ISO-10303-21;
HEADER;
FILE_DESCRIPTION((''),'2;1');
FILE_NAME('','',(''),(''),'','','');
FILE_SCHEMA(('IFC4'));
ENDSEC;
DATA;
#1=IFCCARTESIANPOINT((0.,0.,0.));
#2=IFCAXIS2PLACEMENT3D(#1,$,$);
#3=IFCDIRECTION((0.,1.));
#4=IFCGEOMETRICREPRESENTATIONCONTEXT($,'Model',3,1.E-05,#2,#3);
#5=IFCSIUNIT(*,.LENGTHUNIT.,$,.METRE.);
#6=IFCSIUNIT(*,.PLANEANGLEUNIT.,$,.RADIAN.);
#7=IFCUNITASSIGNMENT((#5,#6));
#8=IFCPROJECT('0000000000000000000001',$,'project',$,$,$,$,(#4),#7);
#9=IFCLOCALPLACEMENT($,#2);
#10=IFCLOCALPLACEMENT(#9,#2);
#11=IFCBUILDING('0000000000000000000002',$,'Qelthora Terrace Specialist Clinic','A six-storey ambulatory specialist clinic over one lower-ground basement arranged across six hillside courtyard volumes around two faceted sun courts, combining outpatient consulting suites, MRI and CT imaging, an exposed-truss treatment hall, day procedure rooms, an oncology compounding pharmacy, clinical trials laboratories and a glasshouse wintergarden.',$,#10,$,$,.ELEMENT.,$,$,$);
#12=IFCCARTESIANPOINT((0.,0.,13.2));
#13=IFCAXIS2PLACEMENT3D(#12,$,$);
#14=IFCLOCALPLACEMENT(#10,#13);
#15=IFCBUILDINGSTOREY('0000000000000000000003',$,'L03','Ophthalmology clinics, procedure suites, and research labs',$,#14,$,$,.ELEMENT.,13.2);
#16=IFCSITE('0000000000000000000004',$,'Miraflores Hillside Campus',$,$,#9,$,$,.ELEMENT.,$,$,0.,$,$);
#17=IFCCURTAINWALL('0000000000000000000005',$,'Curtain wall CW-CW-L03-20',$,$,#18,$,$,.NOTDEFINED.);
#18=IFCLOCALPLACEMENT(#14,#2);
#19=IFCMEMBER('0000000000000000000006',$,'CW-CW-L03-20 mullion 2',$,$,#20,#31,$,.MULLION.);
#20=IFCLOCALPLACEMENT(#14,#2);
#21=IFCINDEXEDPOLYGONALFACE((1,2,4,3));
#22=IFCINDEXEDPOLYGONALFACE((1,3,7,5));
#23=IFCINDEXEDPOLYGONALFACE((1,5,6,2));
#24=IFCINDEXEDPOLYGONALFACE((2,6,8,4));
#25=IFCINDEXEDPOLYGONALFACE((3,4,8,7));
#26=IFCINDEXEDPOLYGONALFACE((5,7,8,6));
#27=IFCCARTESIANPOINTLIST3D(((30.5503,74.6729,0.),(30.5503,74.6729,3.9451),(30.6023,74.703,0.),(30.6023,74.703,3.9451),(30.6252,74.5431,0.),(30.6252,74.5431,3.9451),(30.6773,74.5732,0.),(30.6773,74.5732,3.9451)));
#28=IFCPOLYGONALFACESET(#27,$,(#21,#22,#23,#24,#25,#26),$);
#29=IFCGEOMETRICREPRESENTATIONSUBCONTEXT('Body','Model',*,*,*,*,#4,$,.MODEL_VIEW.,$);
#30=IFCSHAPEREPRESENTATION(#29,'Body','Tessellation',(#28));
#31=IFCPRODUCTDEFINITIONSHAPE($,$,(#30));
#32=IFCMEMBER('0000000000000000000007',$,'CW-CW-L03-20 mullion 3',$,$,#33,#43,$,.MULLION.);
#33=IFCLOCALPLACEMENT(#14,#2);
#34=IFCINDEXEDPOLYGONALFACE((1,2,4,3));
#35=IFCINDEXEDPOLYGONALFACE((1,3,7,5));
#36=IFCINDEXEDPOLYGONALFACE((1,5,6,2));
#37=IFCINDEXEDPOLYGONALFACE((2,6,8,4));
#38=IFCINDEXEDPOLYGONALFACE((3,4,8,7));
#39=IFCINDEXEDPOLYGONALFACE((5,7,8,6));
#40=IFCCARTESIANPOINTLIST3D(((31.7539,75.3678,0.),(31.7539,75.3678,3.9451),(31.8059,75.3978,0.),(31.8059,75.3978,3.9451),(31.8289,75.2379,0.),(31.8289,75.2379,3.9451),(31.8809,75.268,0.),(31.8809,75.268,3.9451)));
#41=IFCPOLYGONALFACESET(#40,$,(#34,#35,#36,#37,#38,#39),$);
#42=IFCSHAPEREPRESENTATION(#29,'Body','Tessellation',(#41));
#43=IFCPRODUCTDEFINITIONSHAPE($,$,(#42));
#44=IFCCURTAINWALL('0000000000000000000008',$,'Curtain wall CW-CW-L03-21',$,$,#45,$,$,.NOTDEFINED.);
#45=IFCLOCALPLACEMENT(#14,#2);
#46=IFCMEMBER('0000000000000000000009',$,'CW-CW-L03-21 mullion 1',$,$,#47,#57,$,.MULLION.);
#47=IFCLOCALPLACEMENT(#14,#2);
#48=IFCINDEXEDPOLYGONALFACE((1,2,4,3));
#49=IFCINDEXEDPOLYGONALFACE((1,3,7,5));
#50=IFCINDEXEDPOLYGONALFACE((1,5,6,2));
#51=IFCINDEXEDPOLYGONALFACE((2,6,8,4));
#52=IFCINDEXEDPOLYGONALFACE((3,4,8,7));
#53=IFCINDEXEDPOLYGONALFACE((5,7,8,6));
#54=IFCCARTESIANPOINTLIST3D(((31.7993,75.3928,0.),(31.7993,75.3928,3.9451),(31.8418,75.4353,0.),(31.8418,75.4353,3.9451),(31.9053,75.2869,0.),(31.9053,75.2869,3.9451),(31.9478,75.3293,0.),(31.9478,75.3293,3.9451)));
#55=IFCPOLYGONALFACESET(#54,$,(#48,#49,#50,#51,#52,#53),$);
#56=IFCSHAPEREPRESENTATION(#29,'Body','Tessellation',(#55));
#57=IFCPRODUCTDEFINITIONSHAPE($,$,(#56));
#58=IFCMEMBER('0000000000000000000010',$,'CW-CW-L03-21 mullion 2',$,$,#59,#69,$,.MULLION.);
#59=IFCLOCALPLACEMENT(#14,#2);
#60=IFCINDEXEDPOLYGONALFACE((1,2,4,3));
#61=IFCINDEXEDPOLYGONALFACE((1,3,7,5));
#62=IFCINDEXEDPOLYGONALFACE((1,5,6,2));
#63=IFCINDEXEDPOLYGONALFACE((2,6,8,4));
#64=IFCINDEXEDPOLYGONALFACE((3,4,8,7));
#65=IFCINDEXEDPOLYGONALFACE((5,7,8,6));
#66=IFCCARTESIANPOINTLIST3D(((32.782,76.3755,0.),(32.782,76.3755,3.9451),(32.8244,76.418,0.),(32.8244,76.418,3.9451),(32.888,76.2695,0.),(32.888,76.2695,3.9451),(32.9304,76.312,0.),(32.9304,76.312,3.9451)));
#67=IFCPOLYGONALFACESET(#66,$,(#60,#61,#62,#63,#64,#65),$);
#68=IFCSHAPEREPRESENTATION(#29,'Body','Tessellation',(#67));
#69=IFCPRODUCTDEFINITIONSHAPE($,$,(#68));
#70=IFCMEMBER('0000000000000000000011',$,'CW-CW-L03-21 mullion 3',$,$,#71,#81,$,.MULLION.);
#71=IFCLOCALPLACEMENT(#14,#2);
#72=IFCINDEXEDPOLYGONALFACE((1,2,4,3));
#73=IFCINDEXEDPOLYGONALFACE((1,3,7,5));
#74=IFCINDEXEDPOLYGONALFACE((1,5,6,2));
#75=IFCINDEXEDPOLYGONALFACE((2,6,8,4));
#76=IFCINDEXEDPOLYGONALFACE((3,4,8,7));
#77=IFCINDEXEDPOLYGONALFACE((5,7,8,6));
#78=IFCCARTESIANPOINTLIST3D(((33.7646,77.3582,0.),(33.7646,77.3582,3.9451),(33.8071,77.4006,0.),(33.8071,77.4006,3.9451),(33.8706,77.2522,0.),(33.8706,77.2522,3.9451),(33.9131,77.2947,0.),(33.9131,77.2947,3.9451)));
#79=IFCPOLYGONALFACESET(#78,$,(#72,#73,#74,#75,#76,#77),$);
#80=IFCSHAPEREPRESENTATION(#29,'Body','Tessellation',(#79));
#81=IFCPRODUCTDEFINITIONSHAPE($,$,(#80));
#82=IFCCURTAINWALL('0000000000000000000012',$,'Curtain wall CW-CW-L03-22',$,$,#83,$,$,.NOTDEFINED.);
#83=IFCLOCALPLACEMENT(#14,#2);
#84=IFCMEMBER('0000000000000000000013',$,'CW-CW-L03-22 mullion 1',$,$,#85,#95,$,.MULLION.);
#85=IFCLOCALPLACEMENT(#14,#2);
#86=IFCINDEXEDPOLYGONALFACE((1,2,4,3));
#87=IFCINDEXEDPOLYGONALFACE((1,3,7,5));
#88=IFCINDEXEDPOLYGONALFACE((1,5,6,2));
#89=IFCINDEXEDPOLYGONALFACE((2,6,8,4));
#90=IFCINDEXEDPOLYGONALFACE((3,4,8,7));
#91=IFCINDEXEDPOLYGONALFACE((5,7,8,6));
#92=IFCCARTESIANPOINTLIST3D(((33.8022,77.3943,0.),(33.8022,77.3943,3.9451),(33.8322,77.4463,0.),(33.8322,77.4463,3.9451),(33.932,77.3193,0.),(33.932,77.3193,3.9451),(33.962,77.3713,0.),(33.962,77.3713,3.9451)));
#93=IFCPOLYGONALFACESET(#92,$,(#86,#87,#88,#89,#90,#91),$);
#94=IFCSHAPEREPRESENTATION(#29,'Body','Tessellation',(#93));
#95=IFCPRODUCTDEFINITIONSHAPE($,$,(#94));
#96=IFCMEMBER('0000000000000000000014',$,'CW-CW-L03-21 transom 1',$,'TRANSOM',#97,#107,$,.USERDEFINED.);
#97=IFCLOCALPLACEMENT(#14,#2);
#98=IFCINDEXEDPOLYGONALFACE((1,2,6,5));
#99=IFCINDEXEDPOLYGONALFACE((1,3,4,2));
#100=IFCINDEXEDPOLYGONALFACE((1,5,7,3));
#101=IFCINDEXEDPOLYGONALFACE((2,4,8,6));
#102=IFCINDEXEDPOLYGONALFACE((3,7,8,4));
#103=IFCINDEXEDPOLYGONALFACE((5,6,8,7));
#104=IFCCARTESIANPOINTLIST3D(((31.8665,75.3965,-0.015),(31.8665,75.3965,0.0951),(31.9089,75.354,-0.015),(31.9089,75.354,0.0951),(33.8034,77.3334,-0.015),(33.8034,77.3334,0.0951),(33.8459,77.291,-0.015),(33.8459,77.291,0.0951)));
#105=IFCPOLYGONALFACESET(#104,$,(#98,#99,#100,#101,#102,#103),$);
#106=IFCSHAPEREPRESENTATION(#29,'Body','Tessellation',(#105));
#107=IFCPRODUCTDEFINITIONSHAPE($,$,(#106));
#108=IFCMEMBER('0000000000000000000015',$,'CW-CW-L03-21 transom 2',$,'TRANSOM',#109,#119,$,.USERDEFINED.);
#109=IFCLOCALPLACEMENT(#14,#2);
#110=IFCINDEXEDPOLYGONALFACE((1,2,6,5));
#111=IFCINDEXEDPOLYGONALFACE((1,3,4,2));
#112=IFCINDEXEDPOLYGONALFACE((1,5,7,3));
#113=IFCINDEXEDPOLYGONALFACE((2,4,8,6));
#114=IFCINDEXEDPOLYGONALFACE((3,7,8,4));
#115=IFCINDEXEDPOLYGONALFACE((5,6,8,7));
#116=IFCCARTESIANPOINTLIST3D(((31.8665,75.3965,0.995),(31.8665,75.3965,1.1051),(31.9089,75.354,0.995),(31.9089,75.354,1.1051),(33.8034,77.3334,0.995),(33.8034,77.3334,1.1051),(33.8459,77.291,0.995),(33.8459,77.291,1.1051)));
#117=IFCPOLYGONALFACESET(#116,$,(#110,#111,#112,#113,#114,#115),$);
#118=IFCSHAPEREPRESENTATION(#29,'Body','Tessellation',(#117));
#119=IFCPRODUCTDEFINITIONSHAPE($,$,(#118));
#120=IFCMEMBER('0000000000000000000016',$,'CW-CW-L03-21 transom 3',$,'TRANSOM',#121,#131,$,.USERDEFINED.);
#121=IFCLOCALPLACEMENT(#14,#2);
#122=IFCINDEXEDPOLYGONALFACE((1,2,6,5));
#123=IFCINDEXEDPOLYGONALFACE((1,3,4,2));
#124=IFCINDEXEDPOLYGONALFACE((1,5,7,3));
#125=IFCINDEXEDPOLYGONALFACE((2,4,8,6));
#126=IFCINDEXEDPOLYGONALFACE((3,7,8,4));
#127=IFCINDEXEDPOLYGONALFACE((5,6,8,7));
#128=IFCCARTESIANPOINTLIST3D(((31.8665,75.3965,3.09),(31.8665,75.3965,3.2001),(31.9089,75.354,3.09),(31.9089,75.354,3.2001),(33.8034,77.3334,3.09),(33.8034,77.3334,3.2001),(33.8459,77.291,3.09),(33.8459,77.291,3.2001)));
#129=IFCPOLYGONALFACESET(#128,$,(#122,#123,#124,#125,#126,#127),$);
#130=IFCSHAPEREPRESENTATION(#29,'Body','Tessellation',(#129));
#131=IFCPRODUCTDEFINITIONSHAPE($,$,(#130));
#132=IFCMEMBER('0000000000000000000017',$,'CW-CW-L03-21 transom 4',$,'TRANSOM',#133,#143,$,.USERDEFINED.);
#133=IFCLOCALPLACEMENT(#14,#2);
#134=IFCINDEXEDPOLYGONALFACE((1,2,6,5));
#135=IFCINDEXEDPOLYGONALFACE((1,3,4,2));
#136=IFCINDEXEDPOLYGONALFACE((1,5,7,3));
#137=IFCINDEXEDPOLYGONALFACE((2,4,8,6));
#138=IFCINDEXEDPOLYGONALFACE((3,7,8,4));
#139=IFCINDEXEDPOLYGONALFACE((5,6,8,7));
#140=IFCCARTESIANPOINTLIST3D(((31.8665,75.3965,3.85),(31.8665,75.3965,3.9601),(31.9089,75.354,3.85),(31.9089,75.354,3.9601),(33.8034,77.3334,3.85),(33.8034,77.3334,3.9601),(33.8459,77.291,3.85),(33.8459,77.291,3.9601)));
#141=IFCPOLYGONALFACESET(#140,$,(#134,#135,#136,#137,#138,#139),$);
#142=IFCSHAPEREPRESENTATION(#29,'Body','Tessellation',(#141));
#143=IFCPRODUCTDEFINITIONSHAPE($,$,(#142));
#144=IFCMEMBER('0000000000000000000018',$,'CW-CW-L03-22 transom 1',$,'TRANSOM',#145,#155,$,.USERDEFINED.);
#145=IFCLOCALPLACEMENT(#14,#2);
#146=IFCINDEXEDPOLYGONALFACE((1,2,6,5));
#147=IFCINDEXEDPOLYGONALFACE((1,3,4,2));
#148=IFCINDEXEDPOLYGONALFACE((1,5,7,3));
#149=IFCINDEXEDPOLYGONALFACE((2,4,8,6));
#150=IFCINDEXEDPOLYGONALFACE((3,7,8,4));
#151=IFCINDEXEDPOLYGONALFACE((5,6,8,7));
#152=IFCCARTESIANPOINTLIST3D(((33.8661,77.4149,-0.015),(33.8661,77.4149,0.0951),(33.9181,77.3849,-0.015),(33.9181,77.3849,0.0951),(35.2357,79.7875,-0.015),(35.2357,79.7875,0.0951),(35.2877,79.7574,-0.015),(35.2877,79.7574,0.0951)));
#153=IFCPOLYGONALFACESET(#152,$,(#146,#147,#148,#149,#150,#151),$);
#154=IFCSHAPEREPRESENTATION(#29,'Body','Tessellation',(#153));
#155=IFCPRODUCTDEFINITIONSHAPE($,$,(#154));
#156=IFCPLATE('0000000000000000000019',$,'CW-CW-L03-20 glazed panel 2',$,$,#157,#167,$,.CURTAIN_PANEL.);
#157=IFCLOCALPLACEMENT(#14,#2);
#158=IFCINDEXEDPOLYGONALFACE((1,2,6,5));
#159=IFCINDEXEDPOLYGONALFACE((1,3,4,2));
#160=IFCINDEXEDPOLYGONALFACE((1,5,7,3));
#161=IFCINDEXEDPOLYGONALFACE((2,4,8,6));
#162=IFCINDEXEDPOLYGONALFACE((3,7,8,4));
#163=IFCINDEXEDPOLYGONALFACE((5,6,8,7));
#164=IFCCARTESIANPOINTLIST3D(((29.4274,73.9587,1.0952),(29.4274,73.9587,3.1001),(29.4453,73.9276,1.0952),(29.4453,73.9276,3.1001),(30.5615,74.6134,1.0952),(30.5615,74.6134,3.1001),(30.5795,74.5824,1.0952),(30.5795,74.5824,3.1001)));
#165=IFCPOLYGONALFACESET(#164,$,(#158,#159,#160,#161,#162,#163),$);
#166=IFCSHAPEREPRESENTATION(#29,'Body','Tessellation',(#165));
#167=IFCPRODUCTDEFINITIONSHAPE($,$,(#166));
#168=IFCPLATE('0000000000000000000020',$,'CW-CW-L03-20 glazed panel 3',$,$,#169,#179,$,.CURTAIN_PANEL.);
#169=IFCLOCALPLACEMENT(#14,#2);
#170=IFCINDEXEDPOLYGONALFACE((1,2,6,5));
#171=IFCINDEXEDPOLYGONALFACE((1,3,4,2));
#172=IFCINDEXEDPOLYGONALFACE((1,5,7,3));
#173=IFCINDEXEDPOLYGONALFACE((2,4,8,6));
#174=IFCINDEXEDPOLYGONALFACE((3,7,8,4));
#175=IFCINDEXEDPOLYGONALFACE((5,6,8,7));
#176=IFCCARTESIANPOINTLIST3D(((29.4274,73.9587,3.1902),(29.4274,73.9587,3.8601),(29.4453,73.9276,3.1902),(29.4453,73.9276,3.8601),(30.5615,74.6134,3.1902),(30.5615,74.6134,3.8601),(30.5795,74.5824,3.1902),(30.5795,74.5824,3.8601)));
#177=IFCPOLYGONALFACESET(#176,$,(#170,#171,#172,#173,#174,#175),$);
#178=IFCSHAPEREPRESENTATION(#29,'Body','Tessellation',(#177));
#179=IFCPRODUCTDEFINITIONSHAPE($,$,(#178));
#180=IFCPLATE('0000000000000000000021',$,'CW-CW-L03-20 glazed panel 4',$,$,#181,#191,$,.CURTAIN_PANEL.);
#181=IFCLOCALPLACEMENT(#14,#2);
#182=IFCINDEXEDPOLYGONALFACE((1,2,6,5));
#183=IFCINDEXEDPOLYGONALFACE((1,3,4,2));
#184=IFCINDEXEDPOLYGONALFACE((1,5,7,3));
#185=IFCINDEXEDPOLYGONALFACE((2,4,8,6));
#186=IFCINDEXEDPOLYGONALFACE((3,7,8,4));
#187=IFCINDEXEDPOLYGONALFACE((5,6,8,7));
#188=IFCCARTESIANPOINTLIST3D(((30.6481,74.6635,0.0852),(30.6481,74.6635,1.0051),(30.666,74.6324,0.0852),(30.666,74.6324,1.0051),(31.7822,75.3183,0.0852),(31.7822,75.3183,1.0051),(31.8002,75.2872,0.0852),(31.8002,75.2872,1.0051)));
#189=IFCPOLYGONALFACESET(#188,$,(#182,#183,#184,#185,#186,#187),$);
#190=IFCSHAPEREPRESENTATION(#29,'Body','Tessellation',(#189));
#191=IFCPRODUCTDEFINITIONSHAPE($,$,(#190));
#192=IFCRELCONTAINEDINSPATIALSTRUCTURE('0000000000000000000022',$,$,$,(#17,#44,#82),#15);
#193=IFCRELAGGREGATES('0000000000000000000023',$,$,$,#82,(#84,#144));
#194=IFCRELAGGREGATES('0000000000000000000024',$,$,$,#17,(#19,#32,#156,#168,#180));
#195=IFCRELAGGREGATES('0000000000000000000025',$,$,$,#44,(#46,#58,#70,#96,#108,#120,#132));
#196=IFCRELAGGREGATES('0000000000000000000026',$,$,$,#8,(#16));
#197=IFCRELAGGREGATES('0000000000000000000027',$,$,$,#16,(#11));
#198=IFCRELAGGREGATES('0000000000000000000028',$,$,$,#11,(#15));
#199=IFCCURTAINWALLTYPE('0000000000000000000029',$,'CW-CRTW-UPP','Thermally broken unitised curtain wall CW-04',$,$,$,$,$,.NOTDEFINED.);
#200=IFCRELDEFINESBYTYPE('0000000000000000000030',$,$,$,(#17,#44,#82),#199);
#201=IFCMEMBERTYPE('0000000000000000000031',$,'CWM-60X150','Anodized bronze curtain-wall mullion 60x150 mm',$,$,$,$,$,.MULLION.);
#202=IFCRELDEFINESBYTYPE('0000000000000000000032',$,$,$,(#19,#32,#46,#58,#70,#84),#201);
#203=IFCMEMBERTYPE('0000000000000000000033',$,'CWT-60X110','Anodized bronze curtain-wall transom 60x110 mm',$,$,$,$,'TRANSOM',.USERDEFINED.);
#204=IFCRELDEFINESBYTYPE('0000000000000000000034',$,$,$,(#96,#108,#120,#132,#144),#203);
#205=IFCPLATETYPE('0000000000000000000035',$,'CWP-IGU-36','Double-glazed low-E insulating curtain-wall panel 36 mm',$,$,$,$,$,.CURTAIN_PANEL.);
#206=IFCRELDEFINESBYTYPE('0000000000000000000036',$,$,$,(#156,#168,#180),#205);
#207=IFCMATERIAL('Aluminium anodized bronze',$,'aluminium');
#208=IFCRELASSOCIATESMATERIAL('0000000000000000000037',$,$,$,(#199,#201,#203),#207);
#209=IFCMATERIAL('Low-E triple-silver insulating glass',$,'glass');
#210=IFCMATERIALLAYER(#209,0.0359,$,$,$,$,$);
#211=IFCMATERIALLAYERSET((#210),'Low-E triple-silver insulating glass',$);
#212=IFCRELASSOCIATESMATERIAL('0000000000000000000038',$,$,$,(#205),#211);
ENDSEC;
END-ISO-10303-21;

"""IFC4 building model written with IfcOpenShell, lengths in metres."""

from ifc_helpers import new_model, si_unit, direction, frame, origin, origin_2d, place, context, subcontext, project, spatial, rectangle, extrude, material, layer, layer_set, material_profile, profile_set, type_object, element, aggregate, save


model = new_model("IFC4")

# Units and contexts
model_context = context("Model", 3, precision=1e-05, world=origin(), true_north=direction((0.0, 1.0)))
body_context = subcontext(model_context, "Body", "Model", "MODEL_VIEW")
ifc_project = project(units=[si_unit("LENGTHUNIT", "METRE"), si_unit("PLANEANGLEUNIT", "RADIAN")], contexts=[model_context])

# Site, building, storey
site_placement = place(None, origin())
site = spatial("IfcSite", under=ifc_project, at=site_placement, Name="Miraflores Hillside Campus", CompositionType="ELEMENT", RefElevation=0.0)
building_placement = place(site_placement, origin())
building = spatial("IfcBuilding", under=site, at=building_placement, Name="Qelthora Terrace Specialist Clinic", Description="A six-storey ambulatory specialist clinic over one lower-ground basement arranged across six hillside courtyard volumes around two faceted sun courts, combining outpatient consulting suites, MRI and CT imaging, an exposed-truss treatment hall, day procedure rooms, an oncology compounding pharmacy, clinical trials laboratories and a glasshouse wintergarden.", CompositionType="ELEMENT")
storey_placement = place(building_placement, frame((0.0, 0.0, 13.2)))
storey = spatial("IfcBuildingStorey", under=building, at=storey_placement, Name="L03", Description="Ophthalmology clinics, procedure suites, and research labs", CompositionType="ELEMENT", Elevation=13.2)

# Curtain walls, members
ifc_material_1 = material(Name="Aluminium anodized bronze", Category="aluminium")
curtain_wall_type = type_object("IfcCurtainWallType", Name="CW-CRTW-UPP", Description="Thermally broken unitised curtain wall CW-04", PredefinedType="NOTDEFINED", material=ifc_material_1)
curtain_wall_1_placement = place(storey_placement, origin())
curtain_wall_1 = element("IfcCurtainWall", 1, at=curtain_wall_1_placement, inside=storey, type_object=curtain_wall_type, Name="Curtain wall CW-CW-L03-20", PredefinedType="NOTDEFINED")
ifc_material_profile_1 = material_profile(ifc_material_1, rectangle(XDim=0.0601, YDim=0.1499, at=origin_2d()), Name="CWM60X150")
ifc_profile_set_1 = profile_set([ifc_material_profile_1], Name="Aluminium anodized bronze")
member_type_1 = type_object("IfcMemberType", Name="CWM-60X150", Description="Anodized bronze curtain-wall mullion 60x150 mm", PredefinedType="MULLION", material=ifc_profile_set_1)
member_1_placement = place(storey_placement, frame((30.6138, 74.623, 0.0), z_axis=(0.0, 0.0, 1.0), x_axis=(0.866026, 0.5, 0.0)))
member_1 = element("IfcMember", 2, at=member_1_placement, type_object=member_type_1, Name="CW-CW-L03-20 mullion 2", PredefinedType="MULLION", context=body_context, shape_type="SweptSolid", body=[
    extrude(rectangle(XDim=0.0601, YDim=0.1499, at=origin_2d()), origin(), (0.0, 0.0, 1.0), 3.9451),
])
member_2_placement = place(storey_placement, frame((31.8174, 75.3179, 0.0), z_axis=(0.0, 0.0, 1.0), x_axis=(0.866026, 0.5, 0.0)))
member_2 = element("IfcMember", 3, at=member_2_placement, type_object=member_type_1, Name="CW-CW-L03-20 mullion 3", PredefinedType="MULLION", context=body_context, shape_type="SweptSolid", body=[
    extrude(rectangle(XDim=0.0601, YDim=0.1499, at=origin_2d()), origin(), (0.0, 0.0, 1.0), 3.9451),
])
curtain_wall_2_placement = place(storey_placement, origin())
curtain_wall_2 = element("IfcCurtainWall", 4, at=curtain_wall_2_placement, inside=storey, type_object=curtain_wall_type, Name="Curtain wall CW-CW-L03-21", PredefinedType="NOTDEFINED")
member_3_placement = place(storey_placement, frame((31.8735, 75.3611, 0.0), z_axis=(0.0, 0.0, 1.0), x_axis=(0.707107, 0.707107, 0.0)))
member_3 = element("IfcMember", 5, at=member_3_placement, type_object=member_type_1, Name="CW-CW-L03-21 mullion 1", PredefinedType="MULLION", context=body_context, shape_type="SweptSolid", body=[
    extrude(rectangle(XDim=0.0601, YDim=0.1499, at=origin_2d()), origin(), (0.0, 0.0, 1.0), 3.9451),
])
member_4_placement = place(storey_placement, frame((32.8562, 76.3438, 0.0), z_axis=(0.0, 0.0, 1.0), x_axis=(0.707107, 0.707107, 0.0)))
member_4 = element("IfcMember", 6, at=member_4_placement, type_object=member_type_1, Name="CW-CW-L03-21 mullion 2", PredefinedType="MULLION", context=body_context, shape_type="SweptSolid", body=[
    extrude(rectangle(XDim=0.0601, YDim=0.1499, at=origin_2d()), origin(), (0.0, 0.0, 1.0), 3.9451),
])
member_5_placement = place(storey_placement, frame((33.8389, 77.3264, 0.0), z_axis=(0.0, 0.0, 1.0), x_axis=(0.707107, 0.707107, 0.0)))
member_5 = element("IfcMember", 7, at=member_5_placement, type_object=member_type_1, Name="CW-CW-L03-21 mullion 3", PredefinedType="MULLION", context=body_context, shape_type="SweptSolid", body=[
    extrude(rectangle(XDim=0.0601, YDim=0.1499, at=origin_2d()), origin(), (0.0, 0.0, 1.0), 3.9451),
])

# Curtain wall, member
curtain_wall_3_placement = place(storey_placement, origin())
curtain_wall_3 = element("IfcCurtainWall", 8, at=curtain_wall_3_placement, inside=storey, type_object=curtain_wall_type, Name="Curtain wall CW-CW-L03-22", PredefinedType="NOTDEFINED")
member_6_placement = place(storey_placement, frame((33.8821, 77.3828, 0.0), z_axis=(0.0, 0.0, 1.0), x_axis=(0.5, 0.866026, 0.0)))
member_6 = element("IfcMember", 9, at=member_6_placement, type_object=member_type_1, Name="CW-CW-L03-22 mullion 1", PredefinedType="MULLION", context=body_context, shape_type="SweptSolid", body=[
    extrude(rectangle(XDim=0.0601, YDim=0.1499, at=origin_2d()), origin(), (0.0, 0.0, 1.0), 3.9451),
])

# Members
ifc_material_profile_2 = material_profile(ifc_material_1, rectangle(XDim=0.0601, YDim=0.1101, at=origin_2d()), Name="CWT60X110")
ifc_profile_set_2 = profile_set([ifc_material_profile_2], Name="Aluminium anodized bronze")
member_type_2 = type_object("IfcMemberType", Name="CWT-60X110", Description="Anodized bronze curtain-wall transom 60x110 mm", ElementType="TRANSOM", PredefinedType="USERDEFINED", material=ifc_profile_set_2)
member_7_placement = place(storey_placement, frame((31.8877, 75.3752, 0.04), z_axis=(0.707107, 0.707107, 0.0), x_axis=(-0.707107, 0.707107, 0.0)))
member_7 = element("IfcMember", 10, at=member_7_placement, type_object=member_type_2, Name="CW-CW-L03-21 transom 1", ObjectType="TRANSOM", PredefinedType="USERDEFINED", context=body_context, shape_type="SweptSolid", body=[
    extrude(rectangle(XDim=0.0601, YDim=0.1101, at=origin_2d()), origin(), (0.0, 0.0, 1.0), 2.7393),
])
member_8_placement = place(storey_placement, frame((31.8877, 75.3752, 1.05), z_axis=(0.707107, 0.707107, 0.0), x_axis=(-0.707107, 0.707107, 0.0)))
member_8 = element("IfcMember", 11, at=member_8_placement, type_object=member_type_2, Name="CW-CW-L03-21 transom 2", ObjectType="TRANSOM", PredefinedType="USERDEFINED", context=body_context, shape_type="SweptSolid", body=[
    extrude(rectangle(XDim=0.0601, YDim=0.1101, at=origin_2d()), origin(), (0.0, 0.0, 1.0), 2.7393),
])
member_9_placement = place(storey_placement, frame((31.8877, 75.3752, 3.145), z_axis=(0.707107, 0.707107, 0.0), x_axis=(-0.707107, 0.707107, 0.0)))
member_9 = element("IfcMember", 12, at=member_9_placement, type_object=member_type_2, Name="CW-CW-L03-21 transom 3", ObjectType="TRANSOM", PredefinedType="USERDEFINED", context=body_context, shape_type="SweptSolid", body=[
    extrude(rectangle(XDim=0.0601, YDim=0.1101, at=origin_2d()), origin(), (0.0, 0.0, 1.0), 2.7393),
])
member_10_placement = place(storey_placement, frame((31.8877, 75.3752, 3.905), z_axis=(0.707107, 0.707107, 0.0), x_axis=(-0.707107, 0.707107, 0.0)))
member_10 = element("IfcMember", 13, at=member_10_placement, type_object=member_type_2, Name="CW-CW-L03-21 transom 4", ObjectType="TRANSOM", PredefinedType="USERDEFINED", context=body_context, shape_type="SweptSolid", body=[
    extrude(rectangle(XDim=0.0601, YDim=0.1101, at=origin_2d()), origin(), (0.0, 0.0, 1.0), 2.7393),
])
member_11_placement = place(storey_placement, frame((33.8921, 77.3999, 0.04), z_axis=(0.499954, 0.866052, 0.0), x_axis=(-0.866052, 0.499954, 0.0)))
member_11 = element("IfcMember", 14, at=member_11_placement, type_object=member_type_2, Name="CW-CW-L03-22 transom 1", ObjectType="TRANSOM", PredefinedType="USERDEFINED", context=body_context, shape_type="SweptSolid", body=[
    extrude(rectangle(XDim=0.0601, YDim=0.1101, at=origin_2d()), origin(), (0.0, 0.0, 1.0), 2.7395),
])
aggregate(curtain_wall_3, [member_6, member_11])

# Plates
ifc_material_2 = material(Name="Low-E triple-silver insulating glass", Category="glass")
ifc_layer = layer(ifc_material_2, 0.0359)
ifc_layer_set = layer_set([ifc_layer], Name="Low-E triple-silver insulating glass")
plate_type = type_object("IfcPlateType", Name="CWP-IGU-36", Description="Double-glazed low-E insulating curtain-wall panel 36 mm", PredefinedType="CURTAIN_PANEL", material=ifc_layer_set)
plate_1_placement = place(storey_placement, frame((30.0034, 74.2705, 1.0952), z_axis=(0.0, 0.0, 1.0), x_axis=(0.866025, 0.5, 0.0)))
plate_1 = element("IfcPlate", 15, at=plate_1_placement, type_object=plate_type, Name="CW-CW-L03-20 glazed panel 2", PredefinedType="CURTAIN_PANEL", context=body_context, shape_type="SweptSolid", body=[
    extrude(rectangle(XDim=1.3096, YDim=0.0359, at=origin_2d()), origin(), (0.0, 0.0, 1.0), 2.0049),
])
plate_2_placement = place(storey_placement, frame((30.0034, 74.2705, 3.1902), z_axis=(0.0, 0.0, 1.0), x_axis=(0.866025, 0.5, 0.0)))
plate_2 = element("IfcPlate", 16, at=plate_2_placement, type_object=plate_type, Name="CW-CW-L03-20 glazed panel 3", PredefinedType="CURTAIN_PANEL", context=body_context, shape_type="SweptSolid", body=[
    extrude(rectangle(XDim=1.3096, YDim=0.0359, at=origin_2d()), origin(), (0.0, 0.0, 1.0), 0.6699),
])
plate_3_placement = place(storey_placement, frame((31.2241, 74.9753, 0.0852), z_axis=(0.0, 0.0, 1.0), x_axis=(0.866025, 0.5, 0.0)))
plate_3 = element("IfcPlate", 17, at=plate_3_placement, type_object=plate_type, Name="CW-CW-L03-20 glazed panel 4", PredefinedType="CURTAIN_PANEL", context=body_context, shape_type="SweptSolid", body=[
    extrude(rectangle(XDim=1.3096, YDim=0.0359, at=origin_2d()), origin(), (0.0, 0.0, 1.0), 0.9199),
])
aggregate(curtain_wall_1, [member_1, member_2, plate_1, plate_2, plate_3])
aggregate(curtain_wall_2, [member_3, member_4, member_5, member_7, member_8, member_9, member_10])

save(model, "model.ifc")
